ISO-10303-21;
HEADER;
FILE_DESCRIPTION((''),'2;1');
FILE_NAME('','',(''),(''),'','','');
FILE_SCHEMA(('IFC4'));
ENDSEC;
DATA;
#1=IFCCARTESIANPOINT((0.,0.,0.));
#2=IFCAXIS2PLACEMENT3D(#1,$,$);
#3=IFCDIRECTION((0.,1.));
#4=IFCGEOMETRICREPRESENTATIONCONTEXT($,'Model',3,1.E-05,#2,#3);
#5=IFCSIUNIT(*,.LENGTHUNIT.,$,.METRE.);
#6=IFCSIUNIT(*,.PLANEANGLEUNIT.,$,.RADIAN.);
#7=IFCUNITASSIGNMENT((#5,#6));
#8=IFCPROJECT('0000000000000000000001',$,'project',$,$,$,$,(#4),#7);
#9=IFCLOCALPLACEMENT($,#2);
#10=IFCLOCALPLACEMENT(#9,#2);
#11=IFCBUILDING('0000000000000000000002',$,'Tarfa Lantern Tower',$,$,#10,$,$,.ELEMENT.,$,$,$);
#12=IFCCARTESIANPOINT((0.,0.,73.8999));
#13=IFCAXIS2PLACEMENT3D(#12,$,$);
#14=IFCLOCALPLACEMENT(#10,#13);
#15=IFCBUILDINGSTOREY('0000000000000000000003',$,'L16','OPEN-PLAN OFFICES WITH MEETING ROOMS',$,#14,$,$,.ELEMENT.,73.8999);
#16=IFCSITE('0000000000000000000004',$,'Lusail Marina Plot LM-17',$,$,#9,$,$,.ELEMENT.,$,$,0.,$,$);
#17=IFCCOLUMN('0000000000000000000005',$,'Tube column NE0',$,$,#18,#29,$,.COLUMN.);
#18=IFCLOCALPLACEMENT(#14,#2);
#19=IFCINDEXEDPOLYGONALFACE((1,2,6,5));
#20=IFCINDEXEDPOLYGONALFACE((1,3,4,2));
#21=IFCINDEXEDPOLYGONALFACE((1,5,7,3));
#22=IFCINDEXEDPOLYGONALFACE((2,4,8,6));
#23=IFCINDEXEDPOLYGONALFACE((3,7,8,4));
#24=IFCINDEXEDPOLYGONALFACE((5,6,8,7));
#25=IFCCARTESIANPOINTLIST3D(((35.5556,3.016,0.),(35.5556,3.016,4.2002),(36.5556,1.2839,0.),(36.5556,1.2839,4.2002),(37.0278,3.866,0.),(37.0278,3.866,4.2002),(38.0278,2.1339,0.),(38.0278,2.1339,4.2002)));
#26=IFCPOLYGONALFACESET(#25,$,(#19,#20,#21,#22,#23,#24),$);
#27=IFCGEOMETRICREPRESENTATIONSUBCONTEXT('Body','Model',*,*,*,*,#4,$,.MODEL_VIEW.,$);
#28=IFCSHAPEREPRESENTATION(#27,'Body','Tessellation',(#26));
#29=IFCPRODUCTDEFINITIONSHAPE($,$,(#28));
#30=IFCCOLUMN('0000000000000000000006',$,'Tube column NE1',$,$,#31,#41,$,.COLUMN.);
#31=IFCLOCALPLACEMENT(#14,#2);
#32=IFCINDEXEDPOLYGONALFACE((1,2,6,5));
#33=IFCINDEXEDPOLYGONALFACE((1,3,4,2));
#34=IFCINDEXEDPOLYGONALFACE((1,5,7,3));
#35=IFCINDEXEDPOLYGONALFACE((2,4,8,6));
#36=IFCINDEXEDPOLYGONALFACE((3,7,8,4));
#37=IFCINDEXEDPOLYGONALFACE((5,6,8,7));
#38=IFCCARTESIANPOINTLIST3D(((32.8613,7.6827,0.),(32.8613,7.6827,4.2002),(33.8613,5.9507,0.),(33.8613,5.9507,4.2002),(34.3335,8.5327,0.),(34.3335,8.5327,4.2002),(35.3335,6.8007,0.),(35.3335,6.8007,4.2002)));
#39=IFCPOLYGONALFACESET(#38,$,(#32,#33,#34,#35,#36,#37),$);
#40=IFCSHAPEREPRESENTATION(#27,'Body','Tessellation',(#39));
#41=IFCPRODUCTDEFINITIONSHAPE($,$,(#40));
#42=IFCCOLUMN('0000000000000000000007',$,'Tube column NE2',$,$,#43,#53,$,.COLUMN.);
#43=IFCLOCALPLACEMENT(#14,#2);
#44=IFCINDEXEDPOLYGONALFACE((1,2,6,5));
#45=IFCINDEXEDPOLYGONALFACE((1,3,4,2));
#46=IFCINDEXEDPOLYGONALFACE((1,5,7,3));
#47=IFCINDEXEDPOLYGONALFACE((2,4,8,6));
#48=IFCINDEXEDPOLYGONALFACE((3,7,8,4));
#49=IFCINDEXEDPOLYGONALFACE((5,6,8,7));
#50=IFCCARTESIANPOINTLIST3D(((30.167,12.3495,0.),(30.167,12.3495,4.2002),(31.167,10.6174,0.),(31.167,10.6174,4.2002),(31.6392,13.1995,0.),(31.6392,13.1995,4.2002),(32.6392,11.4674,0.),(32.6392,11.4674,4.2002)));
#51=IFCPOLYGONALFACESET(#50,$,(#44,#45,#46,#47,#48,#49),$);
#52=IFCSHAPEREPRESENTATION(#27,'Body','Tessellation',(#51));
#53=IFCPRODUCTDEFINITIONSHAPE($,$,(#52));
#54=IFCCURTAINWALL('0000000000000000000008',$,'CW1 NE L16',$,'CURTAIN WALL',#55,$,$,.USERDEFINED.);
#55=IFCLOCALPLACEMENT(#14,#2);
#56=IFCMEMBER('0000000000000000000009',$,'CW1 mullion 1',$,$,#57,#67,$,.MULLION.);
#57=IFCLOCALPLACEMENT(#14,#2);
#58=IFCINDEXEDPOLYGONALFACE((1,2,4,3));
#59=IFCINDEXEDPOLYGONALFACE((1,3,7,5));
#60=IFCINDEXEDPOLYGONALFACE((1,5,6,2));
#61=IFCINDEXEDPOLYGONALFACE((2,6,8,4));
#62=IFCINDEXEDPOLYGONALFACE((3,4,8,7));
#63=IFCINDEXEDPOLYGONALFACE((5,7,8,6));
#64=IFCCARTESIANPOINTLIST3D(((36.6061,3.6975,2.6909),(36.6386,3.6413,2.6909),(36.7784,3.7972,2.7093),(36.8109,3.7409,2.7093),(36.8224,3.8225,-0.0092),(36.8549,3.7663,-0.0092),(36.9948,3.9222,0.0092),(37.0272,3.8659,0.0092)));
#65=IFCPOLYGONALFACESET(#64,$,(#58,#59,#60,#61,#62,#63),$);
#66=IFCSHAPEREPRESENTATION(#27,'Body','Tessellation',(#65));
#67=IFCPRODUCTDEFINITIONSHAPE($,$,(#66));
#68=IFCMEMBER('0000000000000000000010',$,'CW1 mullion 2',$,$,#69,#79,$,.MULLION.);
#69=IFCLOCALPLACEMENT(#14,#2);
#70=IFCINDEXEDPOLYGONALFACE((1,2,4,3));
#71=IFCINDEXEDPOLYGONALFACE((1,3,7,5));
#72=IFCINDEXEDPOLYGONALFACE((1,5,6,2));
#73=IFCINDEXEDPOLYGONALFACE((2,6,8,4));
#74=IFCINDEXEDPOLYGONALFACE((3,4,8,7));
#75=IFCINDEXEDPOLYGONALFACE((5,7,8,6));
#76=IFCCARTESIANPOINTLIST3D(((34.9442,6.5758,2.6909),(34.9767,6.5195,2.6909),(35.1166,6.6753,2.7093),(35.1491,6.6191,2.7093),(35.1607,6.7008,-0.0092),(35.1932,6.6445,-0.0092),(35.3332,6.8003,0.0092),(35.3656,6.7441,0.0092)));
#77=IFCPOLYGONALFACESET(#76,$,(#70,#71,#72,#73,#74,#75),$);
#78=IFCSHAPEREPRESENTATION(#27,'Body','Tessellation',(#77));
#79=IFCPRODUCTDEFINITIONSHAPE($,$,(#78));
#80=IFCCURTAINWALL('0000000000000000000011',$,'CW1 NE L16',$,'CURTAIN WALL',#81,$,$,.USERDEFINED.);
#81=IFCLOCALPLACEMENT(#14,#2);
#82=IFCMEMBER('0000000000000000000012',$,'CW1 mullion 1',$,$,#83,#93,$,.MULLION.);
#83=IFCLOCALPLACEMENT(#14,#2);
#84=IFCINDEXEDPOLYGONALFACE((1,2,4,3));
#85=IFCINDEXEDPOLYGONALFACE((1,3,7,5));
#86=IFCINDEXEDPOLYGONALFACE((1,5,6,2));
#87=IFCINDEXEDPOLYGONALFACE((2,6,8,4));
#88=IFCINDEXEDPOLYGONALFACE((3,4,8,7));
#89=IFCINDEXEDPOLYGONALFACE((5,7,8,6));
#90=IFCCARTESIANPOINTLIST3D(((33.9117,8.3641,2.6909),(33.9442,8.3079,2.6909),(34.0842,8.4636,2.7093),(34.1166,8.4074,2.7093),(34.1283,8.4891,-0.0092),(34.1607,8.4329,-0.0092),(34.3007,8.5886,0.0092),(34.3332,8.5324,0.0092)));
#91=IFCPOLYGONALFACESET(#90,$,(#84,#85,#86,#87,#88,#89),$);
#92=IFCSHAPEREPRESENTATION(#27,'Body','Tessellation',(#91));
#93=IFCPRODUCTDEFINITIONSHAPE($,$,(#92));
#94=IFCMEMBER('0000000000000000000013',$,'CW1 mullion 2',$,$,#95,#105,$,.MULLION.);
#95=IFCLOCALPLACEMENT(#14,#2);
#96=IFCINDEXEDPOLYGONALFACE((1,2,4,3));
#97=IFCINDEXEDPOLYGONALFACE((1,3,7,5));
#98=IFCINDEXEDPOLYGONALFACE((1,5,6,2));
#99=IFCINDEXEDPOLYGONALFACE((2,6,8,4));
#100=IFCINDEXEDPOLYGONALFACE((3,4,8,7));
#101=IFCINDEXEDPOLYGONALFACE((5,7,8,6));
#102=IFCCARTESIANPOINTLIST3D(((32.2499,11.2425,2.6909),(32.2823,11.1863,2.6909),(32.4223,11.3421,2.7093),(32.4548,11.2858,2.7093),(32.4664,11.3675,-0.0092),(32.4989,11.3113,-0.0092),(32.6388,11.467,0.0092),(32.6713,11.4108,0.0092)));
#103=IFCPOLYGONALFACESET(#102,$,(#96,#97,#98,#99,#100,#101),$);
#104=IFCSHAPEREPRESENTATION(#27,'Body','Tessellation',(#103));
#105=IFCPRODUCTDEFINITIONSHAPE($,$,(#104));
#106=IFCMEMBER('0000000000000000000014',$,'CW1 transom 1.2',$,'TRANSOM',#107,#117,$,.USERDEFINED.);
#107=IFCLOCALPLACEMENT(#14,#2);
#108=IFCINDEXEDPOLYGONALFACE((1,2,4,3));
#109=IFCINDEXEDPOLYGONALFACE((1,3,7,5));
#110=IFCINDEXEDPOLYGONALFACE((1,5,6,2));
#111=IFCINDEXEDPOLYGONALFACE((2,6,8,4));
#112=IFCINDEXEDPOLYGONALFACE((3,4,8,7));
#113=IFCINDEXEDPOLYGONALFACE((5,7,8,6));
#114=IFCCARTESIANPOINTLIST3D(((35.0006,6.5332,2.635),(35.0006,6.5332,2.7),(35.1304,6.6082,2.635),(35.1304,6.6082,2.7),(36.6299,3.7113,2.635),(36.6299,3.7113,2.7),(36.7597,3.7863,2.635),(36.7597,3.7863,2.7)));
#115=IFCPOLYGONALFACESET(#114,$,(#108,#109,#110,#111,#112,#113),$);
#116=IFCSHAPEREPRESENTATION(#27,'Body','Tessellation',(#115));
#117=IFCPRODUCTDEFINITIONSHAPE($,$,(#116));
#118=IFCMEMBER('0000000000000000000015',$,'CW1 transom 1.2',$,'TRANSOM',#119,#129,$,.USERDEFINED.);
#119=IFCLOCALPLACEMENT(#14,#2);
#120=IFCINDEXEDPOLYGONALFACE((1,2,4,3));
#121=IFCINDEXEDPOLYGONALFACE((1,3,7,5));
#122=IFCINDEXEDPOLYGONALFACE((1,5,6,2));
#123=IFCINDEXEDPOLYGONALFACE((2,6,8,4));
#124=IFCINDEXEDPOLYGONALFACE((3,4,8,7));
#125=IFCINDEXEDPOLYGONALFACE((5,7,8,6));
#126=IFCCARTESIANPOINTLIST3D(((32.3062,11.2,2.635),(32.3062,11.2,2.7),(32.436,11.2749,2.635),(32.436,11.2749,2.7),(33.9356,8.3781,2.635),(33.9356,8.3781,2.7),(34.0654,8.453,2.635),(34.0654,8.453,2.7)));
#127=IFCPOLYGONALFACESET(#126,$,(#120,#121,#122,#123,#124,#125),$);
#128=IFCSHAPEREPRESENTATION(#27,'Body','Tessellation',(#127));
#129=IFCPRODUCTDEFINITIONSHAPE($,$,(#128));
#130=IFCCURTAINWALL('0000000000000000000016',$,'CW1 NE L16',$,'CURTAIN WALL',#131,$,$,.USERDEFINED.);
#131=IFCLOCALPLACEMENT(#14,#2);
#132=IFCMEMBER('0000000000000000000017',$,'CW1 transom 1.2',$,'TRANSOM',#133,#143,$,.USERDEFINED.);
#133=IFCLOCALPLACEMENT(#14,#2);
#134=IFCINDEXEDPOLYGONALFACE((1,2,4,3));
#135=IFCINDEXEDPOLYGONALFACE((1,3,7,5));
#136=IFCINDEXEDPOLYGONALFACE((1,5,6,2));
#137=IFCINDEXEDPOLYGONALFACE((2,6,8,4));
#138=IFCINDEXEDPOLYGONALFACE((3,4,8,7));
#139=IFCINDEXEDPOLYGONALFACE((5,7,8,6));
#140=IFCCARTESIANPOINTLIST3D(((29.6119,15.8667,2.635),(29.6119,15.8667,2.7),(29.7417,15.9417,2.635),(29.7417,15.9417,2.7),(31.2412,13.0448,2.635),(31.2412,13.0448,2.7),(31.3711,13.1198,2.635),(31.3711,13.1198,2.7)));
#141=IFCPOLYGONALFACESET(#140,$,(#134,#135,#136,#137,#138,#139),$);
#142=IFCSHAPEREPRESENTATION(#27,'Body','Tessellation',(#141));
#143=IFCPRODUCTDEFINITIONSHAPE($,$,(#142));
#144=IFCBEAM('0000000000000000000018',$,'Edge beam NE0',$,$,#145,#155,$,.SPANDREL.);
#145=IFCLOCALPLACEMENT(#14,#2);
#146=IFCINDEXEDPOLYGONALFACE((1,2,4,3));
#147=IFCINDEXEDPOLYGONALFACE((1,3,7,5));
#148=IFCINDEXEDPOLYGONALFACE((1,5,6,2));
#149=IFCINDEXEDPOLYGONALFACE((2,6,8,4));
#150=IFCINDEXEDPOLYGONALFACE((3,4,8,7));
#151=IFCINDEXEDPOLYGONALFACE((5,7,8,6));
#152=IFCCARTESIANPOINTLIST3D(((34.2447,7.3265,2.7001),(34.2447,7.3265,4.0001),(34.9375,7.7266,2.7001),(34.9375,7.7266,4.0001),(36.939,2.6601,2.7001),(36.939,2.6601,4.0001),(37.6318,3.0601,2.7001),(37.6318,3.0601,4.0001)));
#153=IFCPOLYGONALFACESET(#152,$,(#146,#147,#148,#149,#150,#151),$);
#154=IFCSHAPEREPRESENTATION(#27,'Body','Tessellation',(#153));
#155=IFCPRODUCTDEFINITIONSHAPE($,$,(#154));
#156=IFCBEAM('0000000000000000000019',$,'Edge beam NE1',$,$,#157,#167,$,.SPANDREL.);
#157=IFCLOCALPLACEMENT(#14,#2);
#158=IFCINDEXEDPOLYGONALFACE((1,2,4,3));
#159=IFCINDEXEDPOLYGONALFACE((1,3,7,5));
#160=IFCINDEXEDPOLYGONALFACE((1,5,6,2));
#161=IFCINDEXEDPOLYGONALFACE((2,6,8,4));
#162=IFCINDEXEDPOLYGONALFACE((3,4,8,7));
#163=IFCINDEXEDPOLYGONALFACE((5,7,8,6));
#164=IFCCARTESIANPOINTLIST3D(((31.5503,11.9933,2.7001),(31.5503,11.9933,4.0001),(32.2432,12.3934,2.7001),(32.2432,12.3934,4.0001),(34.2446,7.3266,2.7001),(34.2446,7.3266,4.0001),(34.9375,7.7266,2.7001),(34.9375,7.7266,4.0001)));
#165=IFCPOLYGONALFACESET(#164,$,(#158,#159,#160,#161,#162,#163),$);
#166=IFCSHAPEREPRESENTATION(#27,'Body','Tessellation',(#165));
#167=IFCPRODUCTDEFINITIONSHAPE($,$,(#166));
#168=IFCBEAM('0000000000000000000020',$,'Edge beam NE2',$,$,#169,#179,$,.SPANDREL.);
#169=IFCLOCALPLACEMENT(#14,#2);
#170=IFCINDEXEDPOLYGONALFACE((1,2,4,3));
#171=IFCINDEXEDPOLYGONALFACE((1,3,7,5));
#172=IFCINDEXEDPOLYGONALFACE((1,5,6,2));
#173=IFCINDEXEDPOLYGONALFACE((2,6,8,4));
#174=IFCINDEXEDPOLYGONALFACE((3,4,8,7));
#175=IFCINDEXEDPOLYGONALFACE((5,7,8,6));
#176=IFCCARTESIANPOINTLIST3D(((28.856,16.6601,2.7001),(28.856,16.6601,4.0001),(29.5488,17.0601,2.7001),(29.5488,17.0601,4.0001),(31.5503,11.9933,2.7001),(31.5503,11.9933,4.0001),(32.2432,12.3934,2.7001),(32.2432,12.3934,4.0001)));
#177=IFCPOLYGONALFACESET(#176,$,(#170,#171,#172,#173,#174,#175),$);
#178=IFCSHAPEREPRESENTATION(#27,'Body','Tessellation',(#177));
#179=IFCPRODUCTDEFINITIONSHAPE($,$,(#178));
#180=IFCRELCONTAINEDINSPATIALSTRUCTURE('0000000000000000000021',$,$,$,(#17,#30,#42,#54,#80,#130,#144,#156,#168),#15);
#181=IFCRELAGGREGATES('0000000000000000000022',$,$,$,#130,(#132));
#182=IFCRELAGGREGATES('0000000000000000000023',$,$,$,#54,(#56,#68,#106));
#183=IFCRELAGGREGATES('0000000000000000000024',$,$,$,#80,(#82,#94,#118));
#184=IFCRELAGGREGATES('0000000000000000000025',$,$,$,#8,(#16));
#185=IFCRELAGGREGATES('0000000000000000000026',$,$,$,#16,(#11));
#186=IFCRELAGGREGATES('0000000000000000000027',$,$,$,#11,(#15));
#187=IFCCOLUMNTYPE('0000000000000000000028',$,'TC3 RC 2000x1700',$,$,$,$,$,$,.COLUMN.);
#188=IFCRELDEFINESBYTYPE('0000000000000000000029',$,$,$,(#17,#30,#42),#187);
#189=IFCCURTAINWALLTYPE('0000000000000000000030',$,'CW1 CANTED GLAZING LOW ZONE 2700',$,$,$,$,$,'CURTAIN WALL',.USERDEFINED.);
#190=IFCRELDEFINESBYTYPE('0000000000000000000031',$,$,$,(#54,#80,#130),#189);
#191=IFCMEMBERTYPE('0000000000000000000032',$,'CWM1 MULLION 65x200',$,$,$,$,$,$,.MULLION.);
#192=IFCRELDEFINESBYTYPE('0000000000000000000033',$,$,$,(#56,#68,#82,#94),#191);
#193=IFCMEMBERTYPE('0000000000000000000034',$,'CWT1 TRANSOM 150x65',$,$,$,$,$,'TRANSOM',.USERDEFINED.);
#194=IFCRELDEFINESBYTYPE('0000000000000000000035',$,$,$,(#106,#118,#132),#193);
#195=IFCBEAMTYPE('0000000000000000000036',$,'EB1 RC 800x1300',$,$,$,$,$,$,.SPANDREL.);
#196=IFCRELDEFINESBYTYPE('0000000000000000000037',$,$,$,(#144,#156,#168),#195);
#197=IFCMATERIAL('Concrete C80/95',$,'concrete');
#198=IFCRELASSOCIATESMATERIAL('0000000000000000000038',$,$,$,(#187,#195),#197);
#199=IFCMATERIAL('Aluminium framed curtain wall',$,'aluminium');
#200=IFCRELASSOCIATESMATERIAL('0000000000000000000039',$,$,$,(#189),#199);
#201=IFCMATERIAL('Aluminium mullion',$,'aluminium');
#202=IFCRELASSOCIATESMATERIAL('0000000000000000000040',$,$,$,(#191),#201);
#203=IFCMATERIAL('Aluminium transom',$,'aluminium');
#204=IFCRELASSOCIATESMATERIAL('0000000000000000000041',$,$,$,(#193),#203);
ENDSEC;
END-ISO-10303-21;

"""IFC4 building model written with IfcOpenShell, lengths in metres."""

from ifc_helpers import new_model, si_unit, direction, frame, origin, origin_2d, place, context, subcontext, project, spatial, rectangle, extrude, material, material_profile, profile_set, type_object, element, aggregate, save


model = new_model("IFC4")

# Units and contexts
model_context = context("Model", 3, precision=1e-05, world=origin(), true_north=direction((0.0, 1.0)))
body_context = subcontext(model_context, "Body", "Model", "MODEL_VIEW")
ifc_project = project(units=[si_unit("LENGTHUNIT", "METRE"), si_unit("PLANEANGLEUNIT", "RADIAN")], contexts=[model_context])

# Site, building, storey
site_placement = place(None, origin())
site = spatial("IfcSite", under=ifc_project, at=site_placement, Name="Lusail Marina Plot LM-17", CompositionType="ELEMENT", RefElevation=0.0)
building_placement = place(site_placement, origin())
building = spatial("IfcBuilding", under=site, at=building_placement, Name="Tarfa Lantern Tower", CompositionType="ELEMENT")
storey_placement = place(building_placement, frame((0.0, 0.0, 73.8999)))
storey = spatial("IfcBuildingStorey", under=building, at=storey_placement, Name="L16", Description="OPEN-PLAN OFFICES WITH MEETING ROOMS", CompositionType="ELEMENT", Elevation=73.8999)

# Columns
ifc_material_1 = material(Name="Concrete C80/95", Category="concrete")
ifc_material_profile_1 = material_profile(ifc_material_1, rectangle(XDim=2.0, YDim=1.7, at=origin_2d()), Name="RC 2000x1700")
ifc_profile_set_1 = profile_set([ifc_material_profile_1], Name="Concrete C80/95")
column_type = type_object("IfcColumnType", Name="TC3 RC 2000x1700", PredefinedType="COLUMN", material=ifc_profile_set_1)
for number, where, z_axis, x_axis, name in (
    (1, (36.7917, 2.575, 0.0), (0.0, 0.0, 1.0), (-0.5, 0.866025, 0.0), "Tube column NE0"),
    (2, (34.0974, 7.2417, 0.0), (0.0, 0.0, 1.0), (-0.5, 0.866025, 0.0), "Tube column NE1"),
    (3, (31.4031, 11.9084, 0.0), (0.0, 0.0, 1.0), (-0.5, 0.866025, 0.0), "Tube column NE2"),
):
    element("IfcColumn", number, at=place(storey_placement, frame(where, z_axis=z_axis, x_axis=x_axis)), inside=storey, type_object=column_type, Name=name, PredefinedType="COLUMN", context=body_context, shape_type="SweptSolid", body=[
        extrude(rectangle(XDim=2.0, YDim=1.7, at=origin_2d()), origin(), (0.0, 0.0, 1.0), 4.2002),
    ])

# Curtain walls, members
ifc_material_2 = material(Name="Aluminium framed curtain wall", Category="aluminium")
curtain_wall_type = type_object("IfcCurtainWallType", Name="CW1 CANTED GLAZING LOW ZONE 2700", ElementType="CURTAIN WALL", PredefinedType="USERDEFINED", material=ifc_material_2)
curtain_wall_1_placement = place(storey_placement, origin())
curtain_wall_1 = element("IfcCurtainWall", 4, at=curtain_wall_1_placement, inside=storey, type_object=curtain_wall_type, Name="CW1 NE L16", ObjectType="CURTAIN WALL", PredefinedType="USERDEFINED")
ifc_material_3 = material(Name="Aluminium mullion", Category="aluminium")
ifc_material_profile_2 = material_profile(ifc_material_3, rectangle(XDim=0.0649, YDim=0.2, at=origin_2d()), Name="AL MULLION 65x200")
ifc_profile_set_2 = profile_set([ifc_material_profile_2], Name="Aluminium mullion")
member_type_1 = type_object("IfcMemberType", Name="CWM1 MULLION 65x200", PredefinedType="MULLION", material=ifc_profile_set_2)
member_1_placement = place(storey_placement, frame((36.9248, 3.8442, 0.0), z_axis=(-0.079768, -0.046096, 0.995747), x_axis=(0.500343, -0.865827, 0.0)))
member_1 = element("IfcMember", 5, at=member_1_placement, type_object=member_type_1, Name="CW1 mullion 1", PredefinedType="MULLION", context=body_context, shape_type="SweptSolid", body=[
    extrude(rectangle(XDim=0.0649, YDim=0.2, at=origin_2d()), origin(), (0.0, 0.0, 1.0), 2.7117),
])
member_2_placement = place(storey_placement, frame((35.2632, 6.7224, 0.0), z_axis=(-0.079857, -0.046096, 0.99574), x_axis=(0.49992, -0.866072, 0.0)))
member_2 = element("IfcMember", 6, at=member_2_placement, type_object=member_type_1, Name="CW1 mullion 2", PredefinedType="MULLION", context=body_context, shape_type="SweptSolid", body=[
    extrude(rectangle(XDim=0.0649, YDim=0.2, at=origin_2d()), origin(), (0.0, 0.0, 1.0), 2.7117),
])
curtain_wall_2_placement = place(storey_placement, origin())
curtain_wall_2 = element("IfcCurtainWall", 7, at=curtain_wall_2_placement, inside=storey, type_object=curtain_wall_type, Name="CW1 NE L16", ObjectType="CURTAIN WALL", PredefinedType="USERDEFINED")
member_3_placement = place(storey_placement, frame((34.2307, 8.5107, 0.0), z_axis=(-0.079857, -0.046096, 0.99574), x_axis=(0.49992, -0.866072, 0.0)))
member_3 = element("IfcMember", 8, at=member_3_placement, type_object=member_type_1, Name="CW1 mullion 1", PredefinedType="MULLION", context=body_context, shape_type="SweptSolid", body=[
    extrude(rectangle(XDim=0.0649, YDim=0.2, at=origin_2d()), origin(), (0.0, 0.0, 1.0), 2.7117),
])
member_4_placement = place(storey_placement, frame((32.5688, 11.3892, 0.0), z_axis=(-0.079857, -0.046096, 0.99574), x_axis=(0.49992, -0.866072, 0.0)))
member_4 = element("IfcMember", 9, at=member_4_placement, type_object=member_type_1, Name="CW1 mullion 2", PredefinedType="MULLION", context=body_context, shape_type="SweptSolid", body=[
    extrude(rectangle(XDim=0.0649, YDim=0.2, at=origin_2d()), origin(), (0.0, 0.0, 1.0), 2.7117),
])

# Members
ifc_material_4 = material(Name="Aluminium transom", Category="aluminium")
ifc_material_profile_3 = material_profile(ifc_material_4, rectangle(XDim=0.1499, YDim=0.0649, at=origin_2d()), Name="AL TRANSOM 150x65")
ifc_profile_set_3 = profile_set([ifc_material_profile_3], Name="Aluminium transom")
member_type_2 = type_object("IfcMemberType", Name="CWT1 TRANSOM 150x65", ElementType="TRANSOM", PredefinedType="USERDEFINED", material=ifc_profile_set_3)
member_5_placement = place(storey_placement, frame((36.6948, 3.7488, 2.6675), z_axis=(-0.500023, 0.866012, 0.0), x_axis=(-0.866012, -0.500023, 0.0)))
member_5 = element("IfcMember", 10, at=member_5_placement, type_object=member_type_2, Name="CW1 transom 1.2", ObjectType="TRANSOM", PredefinedType="USERDEFINED", context=body_context, shape_type="SweptSolid", body=[
    extrude(rectangle(XDim=0.1499, YDim=0.0649, at=origin_2d()), origin(), (0.0, 0.0, 1.0), 3.2585),
])
member_6_placement = place(storey_placement, frame((34.0005, 8.4155, 2.6675), z_axis=(-0.500023, 0.866012, 0.0), x_axis=(-0.866012, -0.500023, 0.0)))
member_6 = element("IfcMember", 11, at=member_6_placement, type_object=member_type_2, Name="CW1 transom 1.2", ObjectType="TRANSOM", PredefinedType="USERDEFINED", context=body_context, shape_type="SweptSolid", body=[
    extrude(rectangle(XDim=0.1499, YDim=0.0649, at=origin_2d()), origin(), (0.0, 0.0, 1.0), 3.2585),
])

# Curtain wall, member
curtain_wall_3_placement = place(storey_placement, origin())
curtain_wall_3 = element("IfcCurtainWall", 12, at=curtain_wall_3_placement, inside=storey, type_object=curtain_wall_type, Name="CW1 NE L16", ObjectType="CURTAIN WALL", PredefinedType="USERDEFINED")
member_7_placement = place(storey_placement, frame((31.3062, 13.0823, 2.6675), z_axis=(-0.500023, 0.866012, 0.0), x_axis=(-0.866012, -0.500023, 0.0)))
member_7 = element("IfcMember", 13, at=member_7_placement, type_object=member_type_2, Name="CW1 transom 1.2", ObjectType="TRANSOM", PredefinedType="USERDEFINED", context=body_context, shape_type="SweptSolid", body=[
    extrude(rectangle(XDim=0.1499, YDim=0.0649, at=origin_2d()), origin(), (0.0, 0.0, 1.0), 3.2585),
])
aggregate(curtain_wall_3, [member_7])

# Beams
ifc_material_profile_4 = material_profile(ifc_material_1, rectangle(XDim=0.8, YDim=1.3, at=origin_2d()), Name="RC 800x1300")
ifc_profile_set_4 = profile_set([ifc_material_profile_4], Name="Concrete C80/95")
beam_type_1 = type_object("IfcBeamType", Name="EB1 RC 800x1300", PredefinedType="SPANDREL", material=ifc_profile_set_4)
beam_1_placement = place(storey_placement, frame((37.2854, 2.8601, 3.3501), z_axis=(-0.500018, 0.866015, 0.0), x_axis=(-0.866015, -0.500018, 0.0)))
element("IfcBeam", 14, at=beam_1_placement, inside=storey, type_object=beam_type_1, Name="Edge beam NE0", PredefinedType="SPANDREL", context=body_context, shape_type="SweptSolid", body=[
    extrude(rectangle(XDim=0.8, YDim=1.3, at=origin_2d()), origin(), (0.0, 0.0, 1.0), 5.3884),
])
for number, where, z_axis, x_axis, name in (
    (15, (34.5911, 7.5266, 3.3501), (-0.499998, 0.866026, 0.0), (-0.866026, -0.499998, 0.0), "Edge beam NE1"),
    (16, (31.8967, 12.1934, 3.3501), (-0.499998, 0.866026, 0.0), (-0.866026, -0.499998, 0.0), "Edge beam NE2"),
):
    element("IfcBeam", number, at=place(storey_placement, frame(where, z_axis=z_axis, x_axis=x_axis)), inside=storey, type_object=beam_type_1, Name=name, PredefinedType="SPANDREL", context=body_context, shape_type="SweptSolid", body=[
        extrude(rectangle(XDim=0.8, YDim=1.3, at=origin_2d()), origin(), (0.0, 0.0, 1.0), 5.3887),
    ])

aggregate(curtain_wall_1, [member_1, member_2, member_5])
aggregate(curtain_wall_2, [member_3, member_4, member_6])

save(model, "model.ifc")
